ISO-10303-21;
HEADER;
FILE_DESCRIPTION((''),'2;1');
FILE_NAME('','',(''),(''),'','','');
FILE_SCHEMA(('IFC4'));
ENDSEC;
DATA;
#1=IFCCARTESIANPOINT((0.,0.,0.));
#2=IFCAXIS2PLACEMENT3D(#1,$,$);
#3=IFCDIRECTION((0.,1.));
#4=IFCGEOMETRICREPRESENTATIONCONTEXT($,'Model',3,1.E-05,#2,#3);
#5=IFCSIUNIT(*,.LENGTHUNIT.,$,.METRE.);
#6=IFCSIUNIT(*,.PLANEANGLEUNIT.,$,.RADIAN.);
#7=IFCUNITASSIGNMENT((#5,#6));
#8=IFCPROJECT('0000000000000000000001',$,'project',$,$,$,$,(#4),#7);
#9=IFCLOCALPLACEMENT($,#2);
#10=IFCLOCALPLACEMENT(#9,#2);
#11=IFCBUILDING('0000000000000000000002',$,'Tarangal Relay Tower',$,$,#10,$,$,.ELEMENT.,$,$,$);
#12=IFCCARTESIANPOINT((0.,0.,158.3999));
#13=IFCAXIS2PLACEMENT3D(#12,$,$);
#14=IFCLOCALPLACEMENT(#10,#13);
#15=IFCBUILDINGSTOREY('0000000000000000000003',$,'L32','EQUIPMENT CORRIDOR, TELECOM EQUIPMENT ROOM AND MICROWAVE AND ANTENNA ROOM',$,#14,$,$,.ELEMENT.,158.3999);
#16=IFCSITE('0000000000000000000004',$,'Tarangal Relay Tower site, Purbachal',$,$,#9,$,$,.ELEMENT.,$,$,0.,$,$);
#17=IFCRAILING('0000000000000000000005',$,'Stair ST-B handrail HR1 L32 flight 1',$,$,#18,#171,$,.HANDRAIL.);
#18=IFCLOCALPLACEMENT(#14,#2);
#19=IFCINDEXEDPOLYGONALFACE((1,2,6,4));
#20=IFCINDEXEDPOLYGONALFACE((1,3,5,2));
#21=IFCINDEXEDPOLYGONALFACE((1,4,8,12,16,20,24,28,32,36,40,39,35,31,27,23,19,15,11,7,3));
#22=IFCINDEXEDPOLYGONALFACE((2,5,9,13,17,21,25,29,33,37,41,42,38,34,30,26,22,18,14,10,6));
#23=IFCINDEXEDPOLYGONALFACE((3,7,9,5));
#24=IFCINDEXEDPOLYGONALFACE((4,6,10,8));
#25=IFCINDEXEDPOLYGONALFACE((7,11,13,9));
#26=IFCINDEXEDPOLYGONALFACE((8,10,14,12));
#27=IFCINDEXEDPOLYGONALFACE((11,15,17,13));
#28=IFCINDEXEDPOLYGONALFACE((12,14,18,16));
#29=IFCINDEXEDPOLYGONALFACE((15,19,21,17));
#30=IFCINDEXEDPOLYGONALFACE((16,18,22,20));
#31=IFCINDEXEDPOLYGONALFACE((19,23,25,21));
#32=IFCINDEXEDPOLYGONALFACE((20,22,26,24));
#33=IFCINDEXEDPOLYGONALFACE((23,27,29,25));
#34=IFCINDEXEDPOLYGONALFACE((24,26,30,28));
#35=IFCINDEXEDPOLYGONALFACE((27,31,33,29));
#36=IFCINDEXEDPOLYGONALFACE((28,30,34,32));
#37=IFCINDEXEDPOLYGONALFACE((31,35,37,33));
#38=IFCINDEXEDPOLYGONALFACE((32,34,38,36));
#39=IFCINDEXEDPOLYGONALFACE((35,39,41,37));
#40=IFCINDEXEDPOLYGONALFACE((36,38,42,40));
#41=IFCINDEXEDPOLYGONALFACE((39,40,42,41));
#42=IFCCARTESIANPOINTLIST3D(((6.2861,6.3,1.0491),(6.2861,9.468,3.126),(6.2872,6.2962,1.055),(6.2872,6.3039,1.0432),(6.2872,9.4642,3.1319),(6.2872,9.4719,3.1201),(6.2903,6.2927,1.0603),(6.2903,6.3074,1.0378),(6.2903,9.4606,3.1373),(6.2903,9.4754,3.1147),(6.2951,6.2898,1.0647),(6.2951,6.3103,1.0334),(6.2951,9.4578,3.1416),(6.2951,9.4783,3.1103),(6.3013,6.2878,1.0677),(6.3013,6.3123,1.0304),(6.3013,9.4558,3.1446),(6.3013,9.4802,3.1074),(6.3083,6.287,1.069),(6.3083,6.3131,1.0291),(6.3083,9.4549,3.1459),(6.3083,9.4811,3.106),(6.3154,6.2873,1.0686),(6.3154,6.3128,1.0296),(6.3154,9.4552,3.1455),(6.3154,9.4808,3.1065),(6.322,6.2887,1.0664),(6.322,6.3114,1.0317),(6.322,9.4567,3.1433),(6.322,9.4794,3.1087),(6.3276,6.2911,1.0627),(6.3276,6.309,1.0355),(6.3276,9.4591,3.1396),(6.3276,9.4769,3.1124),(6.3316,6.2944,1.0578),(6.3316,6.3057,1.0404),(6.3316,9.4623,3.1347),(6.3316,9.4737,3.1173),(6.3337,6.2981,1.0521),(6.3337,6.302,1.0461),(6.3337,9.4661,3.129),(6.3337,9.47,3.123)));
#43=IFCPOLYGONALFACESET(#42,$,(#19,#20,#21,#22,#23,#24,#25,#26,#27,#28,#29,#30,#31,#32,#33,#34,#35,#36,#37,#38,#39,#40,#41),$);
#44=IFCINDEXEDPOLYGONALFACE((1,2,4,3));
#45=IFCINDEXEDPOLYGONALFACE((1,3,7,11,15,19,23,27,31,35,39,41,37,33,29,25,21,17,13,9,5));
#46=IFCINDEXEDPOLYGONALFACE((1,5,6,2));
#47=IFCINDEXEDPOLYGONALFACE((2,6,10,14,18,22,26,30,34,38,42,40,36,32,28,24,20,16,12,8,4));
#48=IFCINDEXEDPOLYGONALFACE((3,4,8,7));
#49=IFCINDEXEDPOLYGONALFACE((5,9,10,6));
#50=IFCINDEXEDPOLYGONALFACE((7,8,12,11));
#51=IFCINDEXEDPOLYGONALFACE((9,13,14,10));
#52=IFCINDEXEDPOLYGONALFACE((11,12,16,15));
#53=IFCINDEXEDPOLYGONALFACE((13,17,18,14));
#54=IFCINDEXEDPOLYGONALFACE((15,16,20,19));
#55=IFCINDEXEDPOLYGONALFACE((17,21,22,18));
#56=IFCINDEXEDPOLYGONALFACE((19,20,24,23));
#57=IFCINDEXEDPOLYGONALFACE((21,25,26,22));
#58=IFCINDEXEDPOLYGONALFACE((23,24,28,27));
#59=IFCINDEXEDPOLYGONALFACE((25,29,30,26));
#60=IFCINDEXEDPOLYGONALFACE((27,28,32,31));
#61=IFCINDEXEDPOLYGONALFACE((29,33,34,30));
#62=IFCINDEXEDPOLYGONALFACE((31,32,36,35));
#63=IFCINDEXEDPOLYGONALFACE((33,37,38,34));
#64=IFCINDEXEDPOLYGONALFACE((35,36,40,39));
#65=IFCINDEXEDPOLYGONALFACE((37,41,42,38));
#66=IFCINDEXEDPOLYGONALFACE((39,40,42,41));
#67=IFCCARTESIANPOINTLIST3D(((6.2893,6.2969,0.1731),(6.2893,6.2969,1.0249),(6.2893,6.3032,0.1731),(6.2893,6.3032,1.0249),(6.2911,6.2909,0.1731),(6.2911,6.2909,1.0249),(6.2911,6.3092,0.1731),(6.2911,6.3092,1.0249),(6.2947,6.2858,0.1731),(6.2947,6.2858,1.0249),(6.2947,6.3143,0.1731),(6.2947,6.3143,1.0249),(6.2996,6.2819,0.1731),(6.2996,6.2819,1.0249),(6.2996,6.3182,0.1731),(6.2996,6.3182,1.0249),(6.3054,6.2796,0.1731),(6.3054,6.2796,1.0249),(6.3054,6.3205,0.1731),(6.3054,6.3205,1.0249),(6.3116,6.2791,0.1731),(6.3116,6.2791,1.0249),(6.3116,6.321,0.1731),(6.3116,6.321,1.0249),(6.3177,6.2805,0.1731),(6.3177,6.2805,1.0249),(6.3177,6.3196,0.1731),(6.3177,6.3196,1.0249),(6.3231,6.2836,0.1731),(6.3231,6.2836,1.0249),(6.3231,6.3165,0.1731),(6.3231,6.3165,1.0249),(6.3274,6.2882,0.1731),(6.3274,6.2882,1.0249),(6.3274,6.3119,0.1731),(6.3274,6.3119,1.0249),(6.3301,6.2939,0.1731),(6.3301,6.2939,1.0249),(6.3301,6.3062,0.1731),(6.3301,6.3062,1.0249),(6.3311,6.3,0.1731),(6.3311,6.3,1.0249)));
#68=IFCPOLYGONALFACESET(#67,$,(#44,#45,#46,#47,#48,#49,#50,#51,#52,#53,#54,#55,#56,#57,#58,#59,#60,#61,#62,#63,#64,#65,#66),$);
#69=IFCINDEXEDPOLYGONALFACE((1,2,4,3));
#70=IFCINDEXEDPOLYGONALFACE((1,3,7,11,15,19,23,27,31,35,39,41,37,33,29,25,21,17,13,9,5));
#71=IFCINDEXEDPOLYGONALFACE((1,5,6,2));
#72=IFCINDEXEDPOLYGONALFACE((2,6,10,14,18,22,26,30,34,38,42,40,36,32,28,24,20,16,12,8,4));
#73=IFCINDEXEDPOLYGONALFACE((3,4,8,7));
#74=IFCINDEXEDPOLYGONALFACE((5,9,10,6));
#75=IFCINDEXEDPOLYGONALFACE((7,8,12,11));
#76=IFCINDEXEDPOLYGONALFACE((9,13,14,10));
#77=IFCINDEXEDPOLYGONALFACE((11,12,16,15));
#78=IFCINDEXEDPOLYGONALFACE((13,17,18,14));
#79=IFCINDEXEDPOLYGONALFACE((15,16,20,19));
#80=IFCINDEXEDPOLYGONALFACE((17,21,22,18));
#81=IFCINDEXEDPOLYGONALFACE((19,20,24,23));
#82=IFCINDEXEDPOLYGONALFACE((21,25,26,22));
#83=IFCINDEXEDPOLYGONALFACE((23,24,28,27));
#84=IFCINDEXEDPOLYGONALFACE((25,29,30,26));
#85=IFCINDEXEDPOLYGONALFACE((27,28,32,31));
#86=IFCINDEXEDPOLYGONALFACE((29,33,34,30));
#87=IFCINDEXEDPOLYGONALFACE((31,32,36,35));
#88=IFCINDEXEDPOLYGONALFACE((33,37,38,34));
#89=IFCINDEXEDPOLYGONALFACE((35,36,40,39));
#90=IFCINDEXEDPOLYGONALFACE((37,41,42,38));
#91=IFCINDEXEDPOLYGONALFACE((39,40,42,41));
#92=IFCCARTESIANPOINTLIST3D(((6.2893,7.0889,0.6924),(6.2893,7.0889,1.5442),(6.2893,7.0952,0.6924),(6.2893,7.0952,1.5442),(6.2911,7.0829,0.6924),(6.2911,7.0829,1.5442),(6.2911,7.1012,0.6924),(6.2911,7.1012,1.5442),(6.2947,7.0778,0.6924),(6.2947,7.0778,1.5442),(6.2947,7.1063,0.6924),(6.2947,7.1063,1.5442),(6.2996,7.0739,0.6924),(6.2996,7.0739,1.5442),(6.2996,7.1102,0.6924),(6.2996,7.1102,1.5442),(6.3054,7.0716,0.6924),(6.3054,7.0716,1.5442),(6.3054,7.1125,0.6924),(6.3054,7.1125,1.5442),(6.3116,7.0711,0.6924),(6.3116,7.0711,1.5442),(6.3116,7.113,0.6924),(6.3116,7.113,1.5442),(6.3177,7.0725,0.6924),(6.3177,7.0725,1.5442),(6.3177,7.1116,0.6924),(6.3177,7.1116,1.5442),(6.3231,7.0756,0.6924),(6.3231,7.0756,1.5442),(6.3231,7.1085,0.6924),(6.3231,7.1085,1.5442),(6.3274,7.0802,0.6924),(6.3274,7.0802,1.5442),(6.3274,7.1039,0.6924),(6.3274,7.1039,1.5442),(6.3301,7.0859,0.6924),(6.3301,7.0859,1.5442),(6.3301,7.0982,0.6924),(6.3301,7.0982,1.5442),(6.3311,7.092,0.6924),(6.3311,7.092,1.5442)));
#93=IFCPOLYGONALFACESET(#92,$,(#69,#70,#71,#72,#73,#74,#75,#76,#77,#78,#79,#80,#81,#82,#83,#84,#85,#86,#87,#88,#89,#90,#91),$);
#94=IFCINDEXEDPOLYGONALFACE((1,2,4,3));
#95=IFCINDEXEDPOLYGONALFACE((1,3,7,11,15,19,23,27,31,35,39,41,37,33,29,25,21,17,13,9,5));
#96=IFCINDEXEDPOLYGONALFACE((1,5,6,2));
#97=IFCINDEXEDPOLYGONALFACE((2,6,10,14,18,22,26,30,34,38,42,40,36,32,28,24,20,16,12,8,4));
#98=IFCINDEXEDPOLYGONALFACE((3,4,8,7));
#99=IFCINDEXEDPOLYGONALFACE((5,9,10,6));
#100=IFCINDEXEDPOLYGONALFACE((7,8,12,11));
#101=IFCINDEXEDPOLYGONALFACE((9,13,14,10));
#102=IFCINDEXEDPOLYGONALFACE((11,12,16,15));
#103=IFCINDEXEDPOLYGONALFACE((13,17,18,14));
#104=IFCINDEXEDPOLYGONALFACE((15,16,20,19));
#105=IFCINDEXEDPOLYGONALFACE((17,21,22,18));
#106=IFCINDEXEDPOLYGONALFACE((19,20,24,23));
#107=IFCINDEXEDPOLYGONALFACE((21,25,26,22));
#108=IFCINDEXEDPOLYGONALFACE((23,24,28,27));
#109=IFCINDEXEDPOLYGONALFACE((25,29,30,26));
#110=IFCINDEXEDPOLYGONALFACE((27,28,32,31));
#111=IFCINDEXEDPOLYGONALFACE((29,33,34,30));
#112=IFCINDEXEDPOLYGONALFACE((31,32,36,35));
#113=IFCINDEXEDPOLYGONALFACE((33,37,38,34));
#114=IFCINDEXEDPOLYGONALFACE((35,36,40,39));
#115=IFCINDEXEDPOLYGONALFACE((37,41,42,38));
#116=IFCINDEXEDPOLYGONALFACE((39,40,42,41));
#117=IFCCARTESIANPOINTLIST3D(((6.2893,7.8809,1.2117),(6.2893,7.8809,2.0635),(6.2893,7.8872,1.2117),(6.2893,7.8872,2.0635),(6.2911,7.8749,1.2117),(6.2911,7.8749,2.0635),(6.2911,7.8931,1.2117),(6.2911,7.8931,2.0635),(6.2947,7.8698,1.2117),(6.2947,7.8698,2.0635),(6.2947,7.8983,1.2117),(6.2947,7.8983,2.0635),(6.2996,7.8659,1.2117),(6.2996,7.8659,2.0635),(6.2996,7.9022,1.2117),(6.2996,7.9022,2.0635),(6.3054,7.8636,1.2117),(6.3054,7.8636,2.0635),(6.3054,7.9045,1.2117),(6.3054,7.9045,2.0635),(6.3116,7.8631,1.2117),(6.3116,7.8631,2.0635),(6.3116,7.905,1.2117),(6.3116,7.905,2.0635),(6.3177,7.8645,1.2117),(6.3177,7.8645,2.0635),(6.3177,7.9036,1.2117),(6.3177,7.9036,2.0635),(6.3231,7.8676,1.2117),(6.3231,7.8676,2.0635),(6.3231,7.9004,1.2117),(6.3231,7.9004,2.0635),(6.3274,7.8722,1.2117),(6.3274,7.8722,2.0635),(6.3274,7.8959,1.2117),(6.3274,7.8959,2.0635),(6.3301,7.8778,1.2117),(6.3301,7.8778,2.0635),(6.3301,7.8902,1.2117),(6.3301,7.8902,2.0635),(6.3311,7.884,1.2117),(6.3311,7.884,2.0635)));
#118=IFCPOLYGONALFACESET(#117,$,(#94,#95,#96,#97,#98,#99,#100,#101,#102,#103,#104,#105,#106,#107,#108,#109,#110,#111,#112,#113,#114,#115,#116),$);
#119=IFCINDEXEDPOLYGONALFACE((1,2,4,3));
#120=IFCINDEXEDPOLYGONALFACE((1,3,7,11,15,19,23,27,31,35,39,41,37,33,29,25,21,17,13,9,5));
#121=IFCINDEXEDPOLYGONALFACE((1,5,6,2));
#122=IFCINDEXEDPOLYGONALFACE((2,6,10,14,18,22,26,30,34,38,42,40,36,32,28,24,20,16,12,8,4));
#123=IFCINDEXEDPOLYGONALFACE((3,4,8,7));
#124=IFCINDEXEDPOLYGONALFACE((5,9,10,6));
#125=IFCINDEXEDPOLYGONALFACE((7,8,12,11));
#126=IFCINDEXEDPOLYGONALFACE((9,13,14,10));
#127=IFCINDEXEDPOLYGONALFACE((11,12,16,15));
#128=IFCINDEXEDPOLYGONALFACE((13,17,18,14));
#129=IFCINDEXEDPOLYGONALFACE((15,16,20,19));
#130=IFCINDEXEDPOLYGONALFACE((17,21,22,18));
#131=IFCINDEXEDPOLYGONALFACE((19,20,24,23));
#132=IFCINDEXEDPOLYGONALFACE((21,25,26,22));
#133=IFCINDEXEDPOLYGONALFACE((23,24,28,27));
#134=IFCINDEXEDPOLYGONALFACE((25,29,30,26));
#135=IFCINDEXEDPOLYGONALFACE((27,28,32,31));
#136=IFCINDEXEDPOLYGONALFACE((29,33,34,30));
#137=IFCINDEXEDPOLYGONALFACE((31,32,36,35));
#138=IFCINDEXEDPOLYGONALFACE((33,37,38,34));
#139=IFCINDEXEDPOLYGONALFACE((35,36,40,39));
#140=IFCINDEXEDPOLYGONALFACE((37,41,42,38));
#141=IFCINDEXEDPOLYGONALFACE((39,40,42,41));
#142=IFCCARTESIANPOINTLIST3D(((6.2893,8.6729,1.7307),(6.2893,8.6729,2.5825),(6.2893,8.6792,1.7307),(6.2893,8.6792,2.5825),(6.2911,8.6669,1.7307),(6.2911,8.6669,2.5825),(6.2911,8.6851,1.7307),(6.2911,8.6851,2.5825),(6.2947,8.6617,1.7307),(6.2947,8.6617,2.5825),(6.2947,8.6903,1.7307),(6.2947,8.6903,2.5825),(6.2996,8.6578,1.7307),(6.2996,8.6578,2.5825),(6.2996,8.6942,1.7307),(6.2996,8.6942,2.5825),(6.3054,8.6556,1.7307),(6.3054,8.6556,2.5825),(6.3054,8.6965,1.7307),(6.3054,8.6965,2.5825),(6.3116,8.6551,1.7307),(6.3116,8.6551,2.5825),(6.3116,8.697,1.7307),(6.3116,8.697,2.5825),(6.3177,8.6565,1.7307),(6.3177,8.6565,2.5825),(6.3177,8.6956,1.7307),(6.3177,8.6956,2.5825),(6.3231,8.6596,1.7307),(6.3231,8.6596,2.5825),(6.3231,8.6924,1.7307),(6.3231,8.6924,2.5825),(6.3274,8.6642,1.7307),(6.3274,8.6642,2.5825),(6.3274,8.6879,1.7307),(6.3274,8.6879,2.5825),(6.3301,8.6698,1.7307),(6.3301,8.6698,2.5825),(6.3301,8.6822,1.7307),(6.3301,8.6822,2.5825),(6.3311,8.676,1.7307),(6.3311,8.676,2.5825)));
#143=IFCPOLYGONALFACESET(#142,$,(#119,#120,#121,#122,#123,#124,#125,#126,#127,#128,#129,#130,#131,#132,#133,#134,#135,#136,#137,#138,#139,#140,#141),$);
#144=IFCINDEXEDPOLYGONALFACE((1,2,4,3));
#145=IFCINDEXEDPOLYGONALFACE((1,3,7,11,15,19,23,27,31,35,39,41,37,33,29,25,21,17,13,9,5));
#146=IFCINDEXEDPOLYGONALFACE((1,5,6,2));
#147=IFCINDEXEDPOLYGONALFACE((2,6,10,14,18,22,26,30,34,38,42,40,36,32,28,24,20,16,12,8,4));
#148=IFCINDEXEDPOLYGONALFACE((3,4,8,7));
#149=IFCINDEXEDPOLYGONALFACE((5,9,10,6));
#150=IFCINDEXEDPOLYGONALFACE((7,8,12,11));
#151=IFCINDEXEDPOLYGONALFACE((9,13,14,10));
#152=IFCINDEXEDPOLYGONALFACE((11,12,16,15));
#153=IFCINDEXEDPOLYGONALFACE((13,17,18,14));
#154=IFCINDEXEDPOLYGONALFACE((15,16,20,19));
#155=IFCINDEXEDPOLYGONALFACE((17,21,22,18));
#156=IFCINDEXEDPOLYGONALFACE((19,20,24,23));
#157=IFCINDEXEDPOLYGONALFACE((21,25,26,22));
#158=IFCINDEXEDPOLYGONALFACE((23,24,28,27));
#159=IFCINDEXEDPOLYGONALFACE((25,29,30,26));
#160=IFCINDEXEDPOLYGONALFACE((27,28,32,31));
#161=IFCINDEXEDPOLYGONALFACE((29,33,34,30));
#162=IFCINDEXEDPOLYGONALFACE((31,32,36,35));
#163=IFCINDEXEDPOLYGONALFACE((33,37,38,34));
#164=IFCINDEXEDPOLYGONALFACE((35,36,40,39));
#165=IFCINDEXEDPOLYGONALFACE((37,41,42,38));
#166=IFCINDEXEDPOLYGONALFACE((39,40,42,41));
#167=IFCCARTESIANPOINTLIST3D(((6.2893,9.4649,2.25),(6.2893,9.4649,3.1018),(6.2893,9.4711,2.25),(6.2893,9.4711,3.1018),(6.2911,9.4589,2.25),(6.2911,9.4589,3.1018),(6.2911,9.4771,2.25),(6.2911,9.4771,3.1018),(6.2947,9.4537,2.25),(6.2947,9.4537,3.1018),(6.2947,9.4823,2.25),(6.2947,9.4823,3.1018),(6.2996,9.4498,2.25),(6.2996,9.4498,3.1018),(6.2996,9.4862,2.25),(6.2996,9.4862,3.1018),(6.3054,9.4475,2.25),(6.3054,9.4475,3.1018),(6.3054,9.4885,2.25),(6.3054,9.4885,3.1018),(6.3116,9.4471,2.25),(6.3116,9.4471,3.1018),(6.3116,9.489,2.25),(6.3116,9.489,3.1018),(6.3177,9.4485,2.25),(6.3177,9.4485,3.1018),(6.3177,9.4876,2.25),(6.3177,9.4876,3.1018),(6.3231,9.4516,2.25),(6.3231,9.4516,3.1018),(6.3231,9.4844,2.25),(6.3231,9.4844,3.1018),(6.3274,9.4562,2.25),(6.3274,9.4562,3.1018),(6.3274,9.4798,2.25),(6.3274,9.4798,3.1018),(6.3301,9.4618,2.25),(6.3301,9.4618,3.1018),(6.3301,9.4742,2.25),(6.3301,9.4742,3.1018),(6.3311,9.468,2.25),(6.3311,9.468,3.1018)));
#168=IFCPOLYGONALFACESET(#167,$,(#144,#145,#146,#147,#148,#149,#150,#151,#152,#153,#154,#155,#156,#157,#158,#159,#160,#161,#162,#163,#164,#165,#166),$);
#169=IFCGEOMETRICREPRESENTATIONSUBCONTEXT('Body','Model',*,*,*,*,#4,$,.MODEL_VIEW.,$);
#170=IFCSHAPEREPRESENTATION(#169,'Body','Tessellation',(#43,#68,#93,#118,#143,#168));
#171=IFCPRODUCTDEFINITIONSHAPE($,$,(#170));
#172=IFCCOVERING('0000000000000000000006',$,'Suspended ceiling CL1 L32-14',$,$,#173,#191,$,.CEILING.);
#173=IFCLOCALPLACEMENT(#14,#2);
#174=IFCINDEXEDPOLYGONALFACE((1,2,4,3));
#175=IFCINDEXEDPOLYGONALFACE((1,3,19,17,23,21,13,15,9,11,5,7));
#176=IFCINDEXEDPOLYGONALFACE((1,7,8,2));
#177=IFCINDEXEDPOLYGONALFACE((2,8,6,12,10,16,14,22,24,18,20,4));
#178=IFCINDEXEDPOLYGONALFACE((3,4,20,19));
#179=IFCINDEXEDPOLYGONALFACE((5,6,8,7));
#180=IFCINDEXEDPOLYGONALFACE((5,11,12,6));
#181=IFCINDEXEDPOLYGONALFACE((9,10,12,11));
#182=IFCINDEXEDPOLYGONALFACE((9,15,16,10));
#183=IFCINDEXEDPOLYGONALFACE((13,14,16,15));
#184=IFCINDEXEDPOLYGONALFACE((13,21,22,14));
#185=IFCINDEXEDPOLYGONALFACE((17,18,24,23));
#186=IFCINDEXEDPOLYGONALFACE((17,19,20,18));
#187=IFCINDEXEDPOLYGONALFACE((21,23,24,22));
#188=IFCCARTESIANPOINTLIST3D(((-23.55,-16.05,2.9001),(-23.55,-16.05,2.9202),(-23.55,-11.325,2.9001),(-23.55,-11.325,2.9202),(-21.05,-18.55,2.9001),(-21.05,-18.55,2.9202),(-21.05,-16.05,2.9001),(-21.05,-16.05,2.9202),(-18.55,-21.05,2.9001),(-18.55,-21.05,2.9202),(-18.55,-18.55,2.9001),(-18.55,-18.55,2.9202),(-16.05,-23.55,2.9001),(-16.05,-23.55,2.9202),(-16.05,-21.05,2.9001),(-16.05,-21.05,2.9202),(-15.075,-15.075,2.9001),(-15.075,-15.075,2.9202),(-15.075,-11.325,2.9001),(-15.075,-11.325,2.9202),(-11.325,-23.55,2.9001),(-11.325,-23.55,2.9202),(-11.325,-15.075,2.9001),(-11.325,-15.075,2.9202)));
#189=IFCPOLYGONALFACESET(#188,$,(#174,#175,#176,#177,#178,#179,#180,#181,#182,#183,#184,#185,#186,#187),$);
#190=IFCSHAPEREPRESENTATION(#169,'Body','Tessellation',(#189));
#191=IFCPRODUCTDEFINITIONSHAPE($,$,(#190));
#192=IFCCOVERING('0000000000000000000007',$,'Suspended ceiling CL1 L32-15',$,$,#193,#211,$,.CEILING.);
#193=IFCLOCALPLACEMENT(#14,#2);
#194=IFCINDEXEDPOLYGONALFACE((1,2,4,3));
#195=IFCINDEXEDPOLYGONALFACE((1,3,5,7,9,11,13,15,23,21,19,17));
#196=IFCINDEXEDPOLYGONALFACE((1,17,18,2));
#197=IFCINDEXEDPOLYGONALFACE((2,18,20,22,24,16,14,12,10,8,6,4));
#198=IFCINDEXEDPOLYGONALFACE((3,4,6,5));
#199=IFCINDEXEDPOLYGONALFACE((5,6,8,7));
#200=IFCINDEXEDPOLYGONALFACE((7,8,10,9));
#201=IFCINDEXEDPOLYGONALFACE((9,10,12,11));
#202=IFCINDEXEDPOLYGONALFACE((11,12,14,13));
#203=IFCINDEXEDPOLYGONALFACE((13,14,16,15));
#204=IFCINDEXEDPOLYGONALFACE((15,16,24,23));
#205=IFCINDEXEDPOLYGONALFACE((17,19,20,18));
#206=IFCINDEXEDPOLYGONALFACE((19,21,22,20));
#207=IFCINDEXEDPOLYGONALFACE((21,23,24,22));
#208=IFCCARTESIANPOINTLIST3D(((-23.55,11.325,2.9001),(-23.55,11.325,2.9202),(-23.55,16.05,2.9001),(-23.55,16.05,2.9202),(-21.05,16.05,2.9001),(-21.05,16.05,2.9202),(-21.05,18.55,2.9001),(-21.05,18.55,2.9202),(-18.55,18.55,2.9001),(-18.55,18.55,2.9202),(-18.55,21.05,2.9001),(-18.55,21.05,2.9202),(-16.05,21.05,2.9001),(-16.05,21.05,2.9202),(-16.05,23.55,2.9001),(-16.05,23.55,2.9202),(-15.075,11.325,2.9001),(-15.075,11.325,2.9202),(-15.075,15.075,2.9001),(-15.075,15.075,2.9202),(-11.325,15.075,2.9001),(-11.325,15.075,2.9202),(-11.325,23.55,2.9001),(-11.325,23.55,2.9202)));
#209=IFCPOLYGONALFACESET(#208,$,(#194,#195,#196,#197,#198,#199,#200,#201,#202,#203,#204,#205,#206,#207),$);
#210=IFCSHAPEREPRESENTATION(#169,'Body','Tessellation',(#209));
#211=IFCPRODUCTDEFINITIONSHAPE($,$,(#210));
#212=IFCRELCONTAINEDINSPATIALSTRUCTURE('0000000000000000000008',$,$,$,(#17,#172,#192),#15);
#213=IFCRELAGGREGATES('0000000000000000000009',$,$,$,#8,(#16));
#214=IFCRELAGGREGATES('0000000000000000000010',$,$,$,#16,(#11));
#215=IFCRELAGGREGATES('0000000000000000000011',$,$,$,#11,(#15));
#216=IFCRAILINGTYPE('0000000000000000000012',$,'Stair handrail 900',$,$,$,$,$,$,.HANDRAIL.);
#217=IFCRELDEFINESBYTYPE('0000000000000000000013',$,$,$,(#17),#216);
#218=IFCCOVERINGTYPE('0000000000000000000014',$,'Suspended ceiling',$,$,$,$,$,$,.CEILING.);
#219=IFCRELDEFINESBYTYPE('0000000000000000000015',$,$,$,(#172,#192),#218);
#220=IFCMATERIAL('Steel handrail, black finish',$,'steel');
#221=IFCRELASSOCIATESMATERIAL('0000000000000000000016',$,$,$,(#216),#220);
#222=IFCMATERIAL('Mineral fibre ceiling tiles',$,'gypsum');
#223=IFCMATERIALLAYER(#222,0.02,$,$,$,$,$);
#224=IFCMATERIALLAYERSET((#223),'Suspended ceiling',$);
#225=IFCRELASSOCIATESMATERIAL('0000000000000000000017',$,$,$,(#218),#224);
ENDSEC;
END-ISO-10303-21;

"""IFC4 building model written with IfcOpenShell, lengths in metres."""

from ifc_helpers import new_model, si_unit, direction, frame, origin, origin_2d, place, context, subcontext, project, spatial, polyline, circle, outline, extrude, material, layer, layer_set, type_object, element, save


model = new_model("IFC4")

# Units and contexts
model_context = context("Model", 3, precision=1e-05, world=origin(), true_north=direction((0.0, 1.0)))
body_context = subcontext(model_context, "Body", "Model", "MODEL_VIEW")
ifc_project = project(units=[si_unit("LENGTHUNIT", "METRE"), si_unit("PLANEANGLEUNIT", "RADIAN")], contexts=[model_context])

# Site, building, storey
site_placement = place(None, origin())
site = spatial("IfcSite", under=ifc_project, at=site_placement, Name="Tarangal Relay Tower site, Purbachal", CompositionType="ELEMENT", RefElevation=0.0)
building_placement = place(site_placement, origin())
building = spatial("IfcBuilding", under=site, at=building_placement, Name="Tarangal Relay Tower", CompositionType="ELEMENT")
storey_placement = place(building_placement, frame((0.0, 0.0, 158.3999)))
storey = spatial("IfcBuildingStorey", under=building, at=storey_placement, Name="L32", Description="EQUIPMENT CORRIDOR, TELECOM EQUIPMENT ROOM AND MICROWAVE AND ANTENNA ROOM", CompositionType="ELEMENT", Elevation=158.3999)

# Railing
ifc_material_1 = material(Name="Steel handrail, black finish", Category="steel")
railing_type_1 = type_object("IfcRailingType", Name="Stair handrail 900", PredefinedType="HANDRAIL", material=ifc_material_1)
railing_1_placement = place(storey_placement, frame((6.3101, 6.3, 0.1731)))
element("IfcRailing", 1, at=railing_1_placement, inside=storey, type_object=railing_type_1, Name="Stair ST-B handrail HR1 L32 flight 1", PredefinedType="HANDRAIL", context=body_context, shape_type="SweptSolid", body=[
    extrude(circle(Radius=0.0239, at=origin_2d()), frame((0.0, 0.0, 0.876), z_axis=(0.0, 0.836299, 0.548273), x_axis=(-1.0, 0.0, 0.0)), (0.0, 0.0, 1.0), 3.7881),
    extrude(circle(Radius=0.021, at=origin_2d()), origin(), (0.0, 0.0, 1.0), 0.8518),
    extrude(circle(Radius=0.021, at=origin_2d()), frame((0.0, 0.792, 0.5193)), (0.0, 0.0, 1.0), 0.8518),
    extrude(circle(Radius=0.021, at=origin_2d()), frame((0.0, 1.584, 1.0386)), (0.0, 0.0, 1.0), 0.8518),
    extrude(circle(Radius=0.021, at=origin_2d()), frame((0.0, 2.376, 1.5576)), (0.0, 0.0, 1.0), 0.8518),
    extrude(circle(Radius=0.021, at=origin_2d()), frame((0.0, 3.168, 2.0769)), (0.0, 0.0, 1.0), 0.8518),
])

# Coverings
ifc_material_2 = material(Name="Mineral fibre ceiling tiles", Category="gypsum")
ifc_layer_1 = layer(ifc_material_2, 0.02)
ifc_layer_set_1 = layer_set([ifc_layer_1], Name="Suspended ceiling")
covering_type_1 = type_object("IfcCoveringType", Name="Suspended ceiling", PredefinedType="CEILING", material=ifc_layer_set_1)
covering_1_placement = place(storey_placement, frame((0.0, 0.0, 2.9001)))
element("IfcCovering", 2, at=covering_1_placement, inside=storey, type_object=covering_type_1, Name="Suspended ceiling CL1 L32-14", PredefinedType="CEILING", context=body_context, shape_type="SweptSolid", body=[
    extrude(outline(polyline([(-16.05, -21.05), (-16.05, -23.55), (-11.325, -23.55), (-11.325, -15.075), (-15.075, -15.075), (-15.075, -11.325), (-23.55, -11.325), (-23.55, -16.05), (-21.05, -16.05), (-21.05, -18.55), (-18.55, -18.55), (-18.55, -21.05), (-16.05, -21.05)])), origin(), (0.0, 0.0, 1.0), 0.02),
])
covering_2_placement = place(storey_placement, frame((0.0, 0.0, 2.9001)))
element("IfcCovering", 3, at=covering_2_placement, inside=storey, type_object=covering_type_1, Name="Suspended ceiling CL1 L32-15", PredefinedType="CEILING", context=body_context, shape_type="SweptSolid", body=[
    extrude(outline(polyline([(-21.05, 16.05), (-23.55, 16.05), (-23.55, 11.325), (-15.075, 11.325), (-15.075, 15.075), (-11.325, 15.075), (-11.325, 23.55), (-16.05, 23.55), (-16.05, 21.05), (-18.55, 21.05), (-18.55, 18.55), (-21.05, 18.55), (-21.05, 16.05)])), origin(), (0.0, 0.0, 1.0), 0.02),
])

save(model, "model.ifc")
